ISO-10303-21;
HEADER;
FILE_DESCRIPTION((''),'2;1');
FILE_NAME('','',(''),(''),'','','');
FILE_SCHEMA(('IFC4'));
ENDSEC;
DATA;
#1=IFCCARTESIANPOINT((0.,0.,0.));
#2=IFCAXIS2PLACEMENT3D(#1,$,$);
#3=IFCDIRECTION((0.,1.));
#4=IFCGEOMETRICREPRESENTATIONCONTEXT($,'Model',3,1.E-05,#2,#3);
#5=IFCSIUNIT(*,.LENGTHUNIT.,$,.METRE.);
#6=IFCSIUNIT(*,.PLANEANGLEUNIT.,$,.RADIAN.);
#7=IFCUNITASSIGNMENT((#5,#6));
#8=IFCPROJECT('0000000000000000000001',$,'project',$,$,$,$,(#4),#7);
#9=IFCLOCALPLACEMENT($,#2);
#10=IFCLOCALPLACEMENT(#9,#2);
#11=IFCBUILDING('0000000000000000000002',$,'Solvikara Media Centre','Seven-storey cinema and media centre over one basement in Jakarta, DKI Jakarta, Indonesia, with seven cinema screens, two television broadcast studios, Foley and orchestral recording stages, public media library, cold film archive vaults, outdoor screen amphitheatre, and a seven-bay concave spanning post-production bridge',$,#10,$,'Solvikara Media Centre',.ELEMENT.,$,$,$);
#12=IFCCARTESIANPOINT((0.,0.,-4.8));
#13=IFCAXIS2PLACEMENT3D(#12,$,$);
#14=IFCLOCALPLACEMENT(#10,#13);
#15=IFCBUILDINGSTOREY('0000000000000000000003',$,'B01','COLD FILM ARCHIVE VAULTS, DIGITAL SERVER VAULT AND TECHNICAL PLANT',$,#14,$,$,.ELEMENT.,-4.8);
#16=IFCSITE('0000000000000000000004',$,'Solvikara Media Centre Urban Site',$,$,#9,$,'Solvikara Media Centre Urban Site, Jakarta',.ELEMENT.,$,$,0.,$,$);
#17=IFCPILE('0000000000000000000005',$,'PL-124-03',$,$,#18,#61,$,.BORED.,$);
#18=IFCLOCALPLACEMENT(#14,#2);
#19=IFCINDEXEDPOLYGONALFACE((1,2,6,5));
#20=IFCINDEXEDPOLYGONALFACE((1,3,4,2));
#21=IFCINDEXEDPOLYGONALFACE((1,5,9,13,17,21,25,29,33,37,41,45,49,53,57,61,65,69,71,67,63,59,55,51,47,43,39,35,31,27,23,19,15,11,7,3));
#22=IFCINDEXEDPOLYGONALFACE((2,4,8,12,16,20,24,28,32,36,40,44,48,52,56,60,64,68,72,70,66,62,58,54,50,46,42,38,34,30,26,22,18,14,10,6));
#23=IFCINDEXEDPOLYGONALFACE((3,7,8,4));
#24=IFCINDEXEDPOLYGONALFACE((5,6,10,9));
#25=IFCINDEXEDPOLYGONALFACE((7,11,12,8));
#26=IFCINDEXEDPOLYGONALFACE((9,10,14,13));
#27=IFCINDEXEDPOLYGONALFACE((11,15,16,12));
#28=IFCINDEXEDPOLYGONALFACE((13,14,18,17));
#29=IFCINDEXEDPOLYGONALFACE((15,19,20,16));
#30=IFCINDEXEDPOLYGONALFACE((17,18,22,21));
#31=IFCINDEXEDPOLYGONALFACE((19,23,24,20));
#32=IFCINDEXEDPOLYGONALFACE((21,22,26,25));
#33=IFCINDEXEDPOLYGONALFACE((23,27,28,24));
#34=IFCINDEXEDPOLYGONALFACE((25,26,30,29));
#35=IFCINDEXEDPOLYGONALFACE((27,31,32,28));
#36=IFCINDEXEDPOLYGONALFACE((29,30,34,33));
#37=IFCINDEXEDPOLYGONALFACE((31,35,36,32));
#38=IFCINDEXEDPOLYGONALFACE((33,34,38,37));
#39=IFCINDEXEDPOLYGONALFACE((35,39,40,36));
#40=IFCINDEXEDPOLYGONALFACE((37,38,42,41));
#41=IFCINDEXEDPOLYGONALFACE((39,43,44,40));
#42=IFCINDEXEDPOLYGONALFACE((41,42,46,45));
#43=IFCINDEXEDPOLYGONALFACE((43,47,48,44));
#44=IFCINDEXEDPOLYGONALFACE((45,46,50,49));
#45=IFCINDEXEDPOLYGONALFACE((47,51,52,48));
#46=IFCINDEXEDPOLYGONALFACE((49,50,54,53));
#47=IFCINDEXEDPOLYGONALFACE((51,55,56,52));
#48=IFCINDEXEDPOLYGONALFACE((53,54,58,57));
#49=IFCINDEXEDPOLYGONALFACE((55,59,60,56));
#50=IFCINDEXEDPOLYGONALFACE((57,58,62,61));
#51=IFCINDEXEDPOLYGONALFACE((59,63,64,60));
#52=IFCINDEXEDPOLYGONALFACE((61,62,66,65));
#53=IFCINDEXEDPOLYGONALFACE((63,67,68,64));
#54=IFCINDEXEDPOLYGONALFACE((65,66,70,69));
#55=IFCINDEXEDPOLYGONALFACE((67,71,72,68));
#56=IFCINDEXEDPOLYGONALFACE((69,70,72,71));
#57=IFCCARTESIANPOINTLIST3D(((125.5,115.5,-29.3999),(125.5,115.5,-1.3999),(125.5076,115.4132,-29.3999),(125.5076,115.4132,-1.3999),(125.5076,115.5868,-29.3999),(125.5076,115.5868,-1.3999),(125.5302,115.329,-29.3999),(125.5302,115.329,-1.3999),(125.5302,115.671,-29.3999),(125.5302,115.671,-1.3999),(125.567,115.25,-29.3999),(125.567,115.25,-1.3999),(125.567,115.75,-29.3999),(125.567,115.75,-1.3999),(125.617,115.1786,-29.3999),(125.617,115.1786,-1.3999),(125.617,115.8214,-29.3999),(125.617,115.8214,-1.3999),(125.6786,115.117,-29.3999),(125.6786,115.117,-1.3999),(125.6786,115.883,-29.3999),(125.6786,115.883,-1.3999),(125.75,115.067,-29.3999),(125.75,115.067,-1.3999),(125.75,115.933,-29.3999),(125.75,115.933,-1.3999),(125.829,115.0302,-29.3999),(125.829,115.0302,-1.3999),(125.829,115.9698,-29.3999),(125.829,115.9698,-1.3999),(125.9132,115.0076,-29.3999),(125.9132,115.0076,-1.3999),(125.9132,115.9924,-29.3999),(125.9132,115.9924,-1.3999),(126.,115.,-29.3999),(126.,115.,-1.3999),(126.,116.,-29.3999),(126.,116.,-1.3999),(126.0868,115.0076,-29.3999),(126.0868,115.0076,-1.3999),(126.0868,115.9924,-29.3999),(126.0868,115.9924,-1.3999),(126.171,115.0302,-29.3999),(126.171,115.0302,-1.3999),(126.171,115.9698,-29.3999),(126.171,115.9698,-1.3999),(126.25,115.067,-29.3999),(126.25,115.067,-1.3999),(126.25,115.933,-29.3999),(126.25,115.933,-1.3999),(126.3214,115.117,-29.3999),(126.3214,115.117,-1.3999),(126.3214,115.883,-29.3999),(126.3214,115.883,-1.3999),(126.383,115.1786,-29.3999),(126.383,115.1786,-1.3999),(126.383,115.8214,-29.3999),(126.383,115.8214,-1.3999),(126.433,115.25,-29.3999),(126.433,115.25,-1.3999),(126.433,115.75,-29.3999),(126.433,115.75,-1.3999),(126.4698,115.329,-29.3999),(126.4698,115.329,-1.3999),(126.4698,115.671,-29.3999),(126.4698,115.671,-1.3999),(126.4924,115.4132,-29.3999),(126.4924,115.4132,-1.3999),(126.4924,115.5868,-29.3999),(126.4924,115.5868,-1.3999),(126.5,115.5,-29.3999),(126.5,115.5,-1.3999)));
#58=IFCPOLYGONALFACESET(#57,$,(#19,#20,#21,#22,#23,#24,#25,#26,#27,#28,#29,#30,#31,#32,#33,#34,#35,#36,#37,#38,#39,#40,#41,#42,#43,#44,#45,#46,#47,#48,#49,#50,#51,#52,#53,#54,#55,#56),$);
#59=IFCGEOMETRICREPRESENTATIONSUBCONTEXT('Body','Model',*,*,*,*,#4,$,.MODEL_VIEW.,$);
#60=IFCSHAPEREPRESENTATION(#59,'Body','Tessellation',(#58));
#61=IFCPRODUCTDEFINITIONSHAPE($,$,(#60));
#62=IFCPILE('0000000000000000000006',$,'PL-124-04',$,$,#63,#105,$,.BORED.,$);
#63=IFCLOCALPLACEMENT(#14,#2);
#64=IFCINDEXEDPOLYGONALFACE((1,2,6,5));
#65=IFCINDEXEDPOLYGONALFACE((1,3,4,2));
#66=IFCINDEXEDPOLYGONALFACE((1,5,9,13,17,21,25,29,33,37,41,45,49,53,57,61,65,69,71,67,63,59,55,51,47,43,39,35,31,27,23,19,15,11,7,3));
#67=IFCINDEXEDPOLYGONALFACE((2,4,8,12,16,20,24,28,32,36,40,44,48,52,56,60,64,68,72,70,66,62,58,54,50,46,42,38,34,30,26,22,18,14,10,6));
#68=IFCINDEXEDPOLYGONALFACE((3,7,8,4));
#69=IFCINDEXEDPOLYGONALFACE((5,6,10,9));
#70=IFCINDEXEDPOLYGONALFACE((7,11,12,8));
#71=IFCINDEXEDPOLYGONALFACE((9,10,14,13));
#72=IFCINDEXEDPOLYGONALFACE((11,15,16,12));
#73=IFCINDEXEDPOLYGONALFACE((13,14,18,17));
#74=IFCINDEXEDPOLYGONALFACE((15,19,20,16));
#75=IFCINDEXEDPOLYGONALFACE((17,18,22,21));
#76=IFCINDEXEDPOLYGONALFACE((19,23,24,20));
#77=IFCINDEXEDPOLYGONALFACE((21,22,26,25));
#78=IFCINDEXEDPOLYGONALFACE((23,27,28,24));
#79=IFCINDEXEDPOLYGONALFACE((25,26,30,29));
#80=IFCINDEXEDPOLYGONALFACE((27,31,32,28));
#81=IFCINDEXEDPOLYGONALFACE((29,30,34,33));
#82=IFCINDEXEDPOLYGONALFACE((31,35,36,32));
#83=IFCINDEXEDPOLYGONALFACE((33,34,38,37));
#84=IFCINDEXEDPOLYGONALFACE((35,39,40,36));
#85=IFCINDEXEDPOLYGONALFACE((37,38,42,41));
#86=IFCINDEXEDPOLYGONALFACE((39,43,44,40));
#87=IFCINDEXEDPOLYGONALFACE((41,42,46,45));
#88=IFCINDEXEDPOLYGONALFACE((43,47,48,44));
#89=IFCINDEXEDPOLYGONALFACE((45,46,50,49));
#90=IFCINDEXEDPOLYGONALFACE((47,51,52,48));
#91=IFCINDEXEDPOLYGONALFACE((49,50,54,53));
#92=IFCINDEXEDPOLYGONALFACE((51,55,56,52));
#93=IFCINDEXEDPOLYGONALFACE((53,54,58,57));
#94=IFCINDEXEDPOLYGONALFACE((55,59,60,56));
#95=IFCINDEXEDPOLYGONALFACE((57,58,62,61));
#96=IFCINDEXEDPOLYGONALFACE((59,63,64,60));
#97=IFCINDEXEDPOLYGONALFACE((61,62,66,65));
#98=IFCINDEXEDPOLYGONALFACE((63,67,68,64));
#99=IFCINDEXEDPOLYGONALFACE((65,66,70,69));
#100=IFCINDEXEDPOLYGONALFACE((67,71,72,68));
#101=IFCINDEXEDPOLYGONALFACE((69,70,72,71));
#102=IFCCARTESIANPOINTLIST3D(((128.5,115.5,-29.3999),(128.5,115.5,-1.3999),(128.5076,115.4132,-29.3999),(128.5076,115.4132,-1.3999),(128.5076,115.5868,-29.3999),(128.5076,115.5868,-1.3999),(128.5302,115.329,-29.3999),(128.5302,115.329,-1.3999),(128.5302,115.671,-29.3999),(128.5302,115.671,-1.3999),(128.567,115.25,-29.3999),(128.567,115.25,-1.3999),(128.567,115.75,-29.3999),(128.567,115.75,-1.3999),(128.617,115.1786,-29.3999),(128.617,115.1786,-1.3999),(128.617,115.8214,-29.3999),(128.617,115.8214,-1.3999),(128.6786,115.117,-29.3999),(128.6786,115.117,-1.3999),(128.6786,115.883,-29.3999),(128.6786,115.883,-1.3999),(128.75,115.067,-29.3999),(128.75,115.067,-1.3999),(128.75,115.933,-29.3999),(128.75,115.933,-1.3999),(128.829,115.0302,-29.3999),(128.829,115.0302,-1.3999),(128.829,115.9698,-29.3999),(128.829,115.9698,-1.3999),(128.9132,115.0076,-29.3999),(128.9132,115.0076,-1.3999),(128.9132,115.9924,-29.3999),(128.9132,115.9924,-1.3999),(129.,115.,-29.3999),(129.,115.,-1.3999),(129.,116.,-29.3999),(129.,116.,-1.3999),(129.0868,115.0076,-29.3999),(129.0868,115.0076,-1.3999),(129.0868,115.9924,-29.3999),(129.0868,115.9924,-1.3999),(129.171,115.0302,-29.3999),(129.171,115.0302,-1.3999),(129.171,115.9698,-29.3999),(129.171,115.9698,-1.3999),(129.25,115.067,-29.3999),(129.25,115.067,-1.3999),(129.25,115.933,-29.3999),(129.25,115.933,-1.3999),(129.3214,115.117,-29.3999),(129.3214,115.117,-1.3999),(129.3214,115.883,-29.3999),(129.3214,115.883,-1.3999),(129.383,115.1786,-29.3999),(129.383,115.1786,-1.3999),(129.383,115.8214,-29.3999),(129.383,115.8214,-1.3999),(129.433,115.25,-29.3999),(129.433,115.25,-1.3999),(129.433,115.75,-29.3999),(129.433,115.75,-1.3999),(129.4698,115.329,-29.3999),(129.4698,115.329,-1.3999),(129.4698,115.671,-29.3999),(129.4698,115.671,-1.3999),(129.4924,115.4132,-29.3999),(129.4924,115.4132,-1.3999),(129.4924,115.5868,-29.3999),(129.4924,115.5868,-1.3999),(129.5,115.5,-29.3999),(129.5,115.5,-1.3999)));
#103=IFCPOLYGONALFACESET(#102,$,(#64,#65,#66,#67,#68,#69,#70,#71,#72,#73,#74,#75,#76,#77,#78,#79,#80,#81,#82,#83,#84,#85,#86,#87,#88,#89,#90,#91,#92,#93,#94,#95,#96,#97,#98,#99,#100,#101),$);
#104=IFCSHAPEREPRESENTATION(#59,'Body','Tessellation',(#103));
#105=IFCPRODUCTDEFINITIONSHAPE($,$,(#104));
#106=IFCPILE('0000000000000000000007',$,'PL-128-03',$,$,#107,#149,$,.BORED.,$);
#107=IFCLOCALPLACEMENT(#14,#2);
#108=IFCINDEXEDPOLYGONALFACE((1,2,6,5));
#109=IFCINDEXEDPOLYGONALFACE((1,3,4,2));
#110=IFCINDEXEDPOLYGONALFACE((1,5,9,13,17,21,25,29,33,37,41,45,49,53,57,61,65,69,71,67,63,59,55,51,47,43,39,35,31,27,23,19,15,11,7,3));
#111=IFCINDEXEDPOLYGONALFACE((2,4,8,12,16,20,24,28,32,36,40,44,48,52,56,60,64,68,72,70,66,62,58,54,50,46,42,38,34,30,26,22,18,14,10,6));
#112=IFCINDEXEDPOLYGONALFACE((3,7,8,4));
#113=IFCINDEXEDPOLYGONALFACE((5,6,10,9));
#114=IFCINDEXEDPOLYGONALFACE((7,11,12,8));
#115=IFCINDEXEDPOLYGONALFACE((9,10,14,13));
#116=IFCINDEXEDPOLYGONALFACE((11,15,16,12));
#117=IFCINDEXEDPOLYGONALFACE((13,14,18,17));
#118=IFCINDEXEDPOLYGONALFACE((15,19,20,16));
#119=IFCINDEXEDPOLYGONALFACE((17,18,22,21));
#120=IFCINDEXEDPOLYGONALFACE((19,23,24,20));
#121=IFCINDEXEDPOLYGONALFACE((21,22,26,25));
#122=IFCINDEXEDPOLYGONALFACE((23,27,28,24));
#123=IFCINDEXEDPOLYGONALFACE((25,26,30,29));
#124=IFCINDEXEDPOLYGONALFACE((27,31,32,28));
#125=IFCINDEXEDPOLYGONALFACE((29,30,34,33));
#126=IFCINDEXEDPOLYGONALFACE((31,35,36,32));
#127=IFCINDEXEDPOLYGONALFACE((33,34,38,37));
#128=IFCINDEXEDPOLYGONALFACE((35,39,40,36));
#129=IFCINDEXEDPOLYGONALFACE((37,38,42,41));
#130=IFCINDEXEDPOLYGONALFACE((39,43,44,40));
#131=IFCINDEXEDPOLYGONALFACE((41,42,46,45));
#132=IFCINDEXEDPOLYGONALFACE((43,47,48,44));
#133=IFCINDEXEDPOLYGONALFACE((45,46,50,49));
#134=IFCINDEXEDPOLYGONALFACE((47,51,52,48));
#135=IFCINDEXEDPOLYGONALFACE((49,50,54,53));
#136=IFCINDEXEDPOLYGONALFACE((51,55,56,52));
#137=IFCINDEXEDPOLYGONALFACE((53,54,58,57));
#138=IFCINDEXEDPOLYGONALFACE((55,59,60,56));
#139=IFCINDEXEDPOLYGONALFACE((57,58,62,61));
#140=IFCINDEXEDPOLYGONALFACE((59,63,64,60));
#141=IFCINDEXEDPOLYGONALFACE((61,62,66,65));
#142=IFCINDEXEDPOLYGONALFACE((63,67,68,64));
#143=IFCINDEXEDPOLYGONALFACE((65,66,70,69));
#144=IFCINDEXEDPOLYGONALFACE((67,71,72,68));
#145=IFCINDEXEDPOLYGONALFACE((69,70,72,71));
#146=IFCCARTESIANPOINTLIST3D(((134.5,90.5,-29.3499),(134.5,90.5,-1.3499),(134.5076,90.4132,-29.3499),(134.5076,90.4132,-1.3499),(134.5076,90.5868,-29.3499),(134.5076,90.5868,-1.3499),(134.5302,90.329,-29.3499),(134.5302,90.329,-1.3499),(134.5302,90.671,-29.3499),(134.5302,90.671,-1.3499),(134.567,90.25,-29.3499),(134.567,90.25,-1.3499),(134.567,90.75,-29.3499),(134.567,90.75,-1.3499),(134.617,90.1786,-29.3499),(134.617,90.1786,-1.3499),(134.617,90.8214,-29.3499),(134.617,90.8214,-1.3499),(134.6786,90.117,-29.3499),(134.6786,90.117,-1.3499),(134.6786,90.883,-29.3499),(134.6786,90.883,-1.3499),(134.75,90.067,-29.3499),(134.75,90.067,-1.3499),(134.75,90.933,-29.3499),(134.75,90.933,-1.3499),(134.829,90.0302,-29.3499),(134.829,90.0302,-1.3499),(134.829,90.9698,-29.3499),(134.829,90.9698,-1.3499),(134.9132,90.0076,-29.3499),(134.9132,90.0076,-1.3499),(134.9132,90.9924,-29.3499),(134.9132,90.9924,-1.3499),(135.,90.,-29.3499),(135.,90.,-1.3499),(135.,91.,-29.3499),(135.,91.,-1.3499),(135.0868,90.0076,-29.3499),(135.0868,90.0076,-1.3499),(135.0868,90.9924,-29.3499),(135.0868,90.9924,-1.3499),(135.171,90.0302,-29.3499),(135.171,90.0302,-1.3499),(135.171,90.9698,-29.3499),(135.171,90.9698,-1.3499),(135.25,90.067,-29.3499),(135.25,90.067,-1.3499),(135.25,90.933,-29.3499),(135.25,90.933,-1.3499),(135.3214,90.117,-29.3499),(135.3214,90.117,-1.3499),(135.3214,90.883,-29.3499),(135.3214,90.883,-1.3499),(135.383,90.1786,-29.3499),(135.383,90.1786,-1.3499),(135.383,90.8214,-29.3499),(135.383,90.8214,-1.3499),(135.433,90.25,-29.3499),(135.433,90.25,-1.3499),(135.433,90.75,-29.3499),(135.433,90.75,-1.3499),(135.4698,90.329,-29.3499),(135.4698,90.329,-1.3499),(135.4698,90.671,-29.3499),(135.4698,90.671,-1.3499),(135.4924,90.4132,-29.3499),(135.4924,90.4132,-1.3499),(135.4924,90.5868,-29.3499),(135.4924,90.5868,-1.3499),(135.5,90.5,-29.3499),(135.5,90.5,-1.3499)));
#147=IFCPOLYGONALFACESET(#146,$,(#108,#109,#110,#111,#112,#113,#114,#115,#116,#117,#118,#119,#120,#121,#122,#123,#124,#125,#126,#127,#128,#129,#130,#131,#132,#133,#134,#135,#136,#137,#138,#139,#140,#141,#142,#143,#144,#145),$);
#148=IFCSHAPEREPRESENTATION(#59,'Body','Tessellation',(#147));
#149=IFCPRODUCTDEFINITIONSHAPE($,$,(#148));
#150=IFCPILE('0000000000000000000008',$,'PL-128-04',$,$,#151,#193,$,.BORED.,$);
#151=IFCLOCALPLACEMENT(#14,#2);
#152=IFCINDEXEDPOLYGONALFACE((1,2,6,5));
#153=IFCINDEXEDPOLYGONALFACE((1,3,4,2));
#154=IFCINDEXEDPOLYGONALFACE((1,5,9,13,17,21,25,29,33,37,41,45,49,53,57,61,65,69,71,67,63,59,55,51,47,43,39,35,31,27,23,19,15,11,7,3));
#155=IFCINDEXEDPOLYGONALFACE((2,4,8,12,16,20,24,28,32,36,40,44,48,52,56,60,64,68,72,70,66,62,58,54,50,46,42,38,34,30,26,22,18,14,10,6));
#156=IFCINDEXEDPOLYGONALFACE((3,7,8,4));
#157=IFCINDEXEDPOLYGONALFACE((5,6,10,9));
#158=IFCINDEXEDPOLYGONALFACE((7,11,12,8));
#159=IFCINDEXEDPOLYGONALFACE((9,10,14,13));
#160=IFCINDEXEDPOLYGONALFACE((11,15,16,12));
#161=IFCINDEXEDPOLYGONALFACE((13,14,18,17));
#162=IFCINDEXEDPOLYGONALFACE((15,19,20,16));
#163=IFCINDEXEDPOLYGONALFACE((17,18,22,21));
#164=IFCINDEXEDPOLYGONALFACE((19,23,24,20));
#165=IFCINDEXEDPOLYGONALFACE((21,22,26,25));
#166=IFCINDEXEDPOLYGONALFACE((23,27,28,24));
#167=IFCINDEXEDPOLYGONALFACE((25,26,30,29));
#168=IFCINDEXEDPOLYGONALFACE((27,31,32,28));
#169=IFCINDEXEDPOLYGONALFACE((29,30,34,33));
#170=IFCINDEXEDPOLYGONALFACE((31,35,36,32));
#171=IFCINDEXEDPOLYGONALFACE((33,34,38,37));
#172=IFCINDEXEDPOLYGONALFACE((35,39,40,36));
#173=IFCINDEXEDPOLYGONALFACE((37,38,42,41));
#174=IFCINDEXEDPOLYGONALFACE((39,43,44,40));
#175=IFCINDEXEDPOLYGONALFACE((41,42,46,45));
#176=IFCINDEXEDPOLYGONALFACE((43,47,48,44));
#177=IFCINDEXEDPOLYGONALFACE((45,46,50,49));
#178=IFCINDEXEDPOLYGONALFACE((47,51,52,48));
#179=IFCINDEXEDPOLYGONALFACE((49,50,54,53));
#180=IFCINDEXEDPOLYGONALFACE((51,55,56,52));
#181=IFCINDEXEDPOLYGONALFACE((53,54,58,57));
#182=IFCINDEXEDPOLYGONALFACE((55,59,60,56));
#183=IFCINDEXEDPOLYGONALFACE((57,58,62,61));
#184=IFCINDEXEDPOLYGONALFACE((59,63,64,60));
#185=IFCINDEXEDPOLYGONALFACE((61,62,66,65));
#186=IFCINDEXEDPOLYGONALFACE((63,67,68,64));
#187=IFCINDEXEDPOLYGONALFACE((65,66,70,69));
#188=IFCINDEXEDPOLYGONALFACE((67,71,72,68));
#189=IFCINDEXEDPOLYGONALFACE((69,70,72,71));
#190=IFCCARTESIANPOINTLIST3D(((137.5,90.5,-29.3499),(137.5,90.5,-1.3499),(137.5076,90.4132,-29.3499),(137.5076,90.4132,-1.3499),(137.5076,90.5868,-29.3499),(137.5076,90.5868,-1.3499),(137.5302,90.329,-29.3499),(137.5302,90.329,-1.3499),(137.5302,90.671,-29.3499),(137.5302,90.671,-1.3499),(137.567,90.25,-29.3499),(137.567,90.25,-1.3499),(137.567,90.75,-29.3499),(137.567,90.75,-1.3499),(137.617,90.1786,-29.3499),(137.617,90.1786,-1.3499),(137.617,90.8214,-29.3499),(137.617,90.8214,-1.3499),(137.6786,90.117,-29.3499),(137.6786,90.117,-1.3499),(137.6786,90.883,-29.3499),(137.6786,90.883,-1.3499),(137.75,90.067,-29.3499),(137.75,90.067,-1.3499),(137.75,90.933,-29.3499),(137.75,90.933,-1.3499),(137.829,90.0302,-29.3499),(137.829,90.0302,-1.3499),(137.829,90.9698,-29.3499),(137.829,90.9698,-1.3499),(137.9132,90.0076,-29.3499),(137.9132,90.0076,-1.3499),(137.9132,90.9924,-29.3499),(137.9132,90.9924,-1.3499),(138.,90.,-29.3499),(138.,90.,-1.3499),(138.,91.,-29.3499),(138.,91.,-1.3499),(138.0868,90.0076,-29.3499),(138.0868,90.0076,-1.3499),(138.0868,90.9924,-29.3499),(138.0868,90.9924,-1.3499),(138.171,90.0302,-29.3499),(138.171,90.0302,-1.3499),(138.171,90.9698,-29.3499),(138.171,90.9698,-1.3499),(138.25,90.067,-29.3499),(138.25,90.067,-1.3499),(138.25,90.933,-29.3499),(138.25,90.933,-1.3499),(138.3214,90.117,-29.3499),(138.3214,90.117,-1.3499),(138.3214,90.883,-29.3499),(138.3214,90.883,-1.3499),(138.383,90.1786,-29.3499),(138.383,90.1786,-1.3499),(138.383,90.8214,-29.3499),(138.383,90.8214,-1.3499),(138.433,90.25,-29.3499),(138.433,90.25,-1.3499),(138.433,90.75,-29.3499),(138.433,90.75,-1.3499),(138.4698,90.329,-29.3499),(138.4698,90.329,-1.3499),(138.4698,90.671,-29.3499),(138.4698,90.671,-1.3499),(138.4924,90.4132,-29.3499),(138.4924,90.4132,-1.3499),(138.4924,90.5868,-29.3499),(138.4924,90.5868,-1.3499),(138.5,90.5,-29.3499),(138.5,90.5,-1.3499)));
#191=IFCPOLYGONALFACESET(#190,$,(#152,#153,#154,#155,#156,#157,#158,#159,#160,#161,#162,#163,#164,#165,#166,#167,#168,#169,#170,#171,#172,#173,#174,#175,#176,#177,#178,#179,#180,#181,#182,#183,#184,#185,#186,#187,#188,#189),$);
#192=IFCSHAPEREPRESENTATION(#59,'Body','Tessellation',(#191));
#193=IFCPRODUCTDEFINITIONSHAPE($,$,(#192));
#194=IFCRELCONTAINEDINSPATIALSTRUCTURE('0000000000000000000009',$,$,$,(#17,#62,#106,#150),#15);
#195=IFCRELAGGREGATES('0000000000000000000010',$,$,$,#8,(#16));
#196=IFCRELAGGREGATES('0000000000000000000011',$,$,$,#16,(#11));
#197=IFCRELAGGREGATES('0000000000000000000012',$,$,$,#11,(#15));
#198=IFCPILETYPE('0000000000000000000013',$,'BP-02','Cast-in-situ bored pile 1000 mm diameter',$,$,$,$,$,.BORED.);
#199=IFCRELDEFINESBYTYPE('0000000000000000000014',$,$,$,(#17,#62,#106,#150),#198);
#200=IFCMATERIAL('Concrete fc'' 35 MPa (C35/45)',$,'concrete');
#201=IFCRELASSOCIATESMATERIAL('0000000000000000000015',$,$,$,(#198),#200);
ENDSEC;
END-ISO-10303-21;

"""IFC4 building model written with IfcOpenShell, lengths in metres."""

from ifc_helpers import new_model, si_unit, direction, frame, origin, origin_2d, place, context, subcontext, project, spatial, circle, extrude, material, material_profile, profile_set, type_object, element, save


model = new_model("IFC4")

# Units and contexts
model_context = context("Model", 3, precision=1e-05, world=origin(), true_north=direction((0.0, 1.0)))
body_context = subcontext(model_context, "Body", "Model", "MODEL_VIEW")
ifc_project = project(units=[si_unit("LENGTHUNIT", "METRE"), si_unit("PLANEANGLEUNIT", "RADIAN")], contexts=[model_context])

# Site, building, storey
site_placement = place(None, origin())
site = spatial("IfcSite", under=ifc_project, at=site_placement, Name="Solvikara Media Centre Urban Site", LongName="Solvikara Media Centre Urban Site, Jakarta", CompositionType="ELEMENT", RefElevation=0.0)
building_placement = place(site_placement, origin())
building = spatial("IfcBuilding", under=site, at=building_placement, Name="Solvikara Media Centre", Description="Seven-storey cinema and media centre over one basement in Jakarta, DKI Jakarta, Indonesia, with seven cinema screens, two television broadcast studios, Foley and orchestral recording stages, public media library, cold film archive vaults, outdoor screen amphitheatre, and a seven-bay concave spanning post-production bridge", LongName="Solvikara Media Centre", CompositionType="ELEMENT")
storey_placement = place(building_placement, frame((0.0, 0.0, -4.8)))
storey = spatial("IfcBuildingStorey", under=building, at=storey_placement, Name="B01", Description="COLD FILM ARCHIVE VAULTS, DIGITAL SERVER VAULT AND TECHNICAL PLANT", CompositionType="ELEMENT", Elevation=-4.8)

# Piles
ifc_material_1 = material(Name="Concrete fc' 35 MPa (C35/45)", Category="concrete")
ifc_material_profile_1 = material_profile(ifc_material_1, circle(Radius=0.5, at=origin_2d()), Name="BORED PILE D1000")
ifc_profile_set_1 = profile_set([ifc_material_profile_1], Name="Concrete fc' 35 MPa (C35/45)")
pile_type_1 = type_object("IfcPileType", Name="BP-02", Description="Cast-in-situ bored pile 1000 mm diameter", PredefinedType="BORED", material=ifc_profile_set_1)
for number, where, z_axis, x_axis, name in (
    (1, (126.0, 115.5, -1.3999), (0.0, 0.0, -1.0), (1.0, 0.0, 0.0), "PL-124-03"),
    (2, (129.0, 115.5, -1.3999), (0.0, 0.0, -1.0), (1.0, 0.0, 0.0), "PL-124-04"),
    (3, (135.0, 90.5, -1.3499), (0.0, 0.0, -1.0), (1.0, 0.0, 0.0), "PL-128-03"),
    (4, (138.0, 90.5, -1.3499), (0.0, 0.0, -1.0), (1.0, 0.0, 0.0), "PL-128-04"),
):
    element("IfcPile", number, at=place(storey_placement, frame(where, z_axis=z_axis, x_axis=x_axis)), inside=storey, type_object=pile_type_1, Name=name, PredefinedType="BORED", context=body_context, shape_type="SweptSolid", body=[
        extrude(circle(Radius=0.5, at=origin_2d()), origin(), (0.0, 0.0, 1.0), 28.0),
    ])

save(model, "model.ifc")
